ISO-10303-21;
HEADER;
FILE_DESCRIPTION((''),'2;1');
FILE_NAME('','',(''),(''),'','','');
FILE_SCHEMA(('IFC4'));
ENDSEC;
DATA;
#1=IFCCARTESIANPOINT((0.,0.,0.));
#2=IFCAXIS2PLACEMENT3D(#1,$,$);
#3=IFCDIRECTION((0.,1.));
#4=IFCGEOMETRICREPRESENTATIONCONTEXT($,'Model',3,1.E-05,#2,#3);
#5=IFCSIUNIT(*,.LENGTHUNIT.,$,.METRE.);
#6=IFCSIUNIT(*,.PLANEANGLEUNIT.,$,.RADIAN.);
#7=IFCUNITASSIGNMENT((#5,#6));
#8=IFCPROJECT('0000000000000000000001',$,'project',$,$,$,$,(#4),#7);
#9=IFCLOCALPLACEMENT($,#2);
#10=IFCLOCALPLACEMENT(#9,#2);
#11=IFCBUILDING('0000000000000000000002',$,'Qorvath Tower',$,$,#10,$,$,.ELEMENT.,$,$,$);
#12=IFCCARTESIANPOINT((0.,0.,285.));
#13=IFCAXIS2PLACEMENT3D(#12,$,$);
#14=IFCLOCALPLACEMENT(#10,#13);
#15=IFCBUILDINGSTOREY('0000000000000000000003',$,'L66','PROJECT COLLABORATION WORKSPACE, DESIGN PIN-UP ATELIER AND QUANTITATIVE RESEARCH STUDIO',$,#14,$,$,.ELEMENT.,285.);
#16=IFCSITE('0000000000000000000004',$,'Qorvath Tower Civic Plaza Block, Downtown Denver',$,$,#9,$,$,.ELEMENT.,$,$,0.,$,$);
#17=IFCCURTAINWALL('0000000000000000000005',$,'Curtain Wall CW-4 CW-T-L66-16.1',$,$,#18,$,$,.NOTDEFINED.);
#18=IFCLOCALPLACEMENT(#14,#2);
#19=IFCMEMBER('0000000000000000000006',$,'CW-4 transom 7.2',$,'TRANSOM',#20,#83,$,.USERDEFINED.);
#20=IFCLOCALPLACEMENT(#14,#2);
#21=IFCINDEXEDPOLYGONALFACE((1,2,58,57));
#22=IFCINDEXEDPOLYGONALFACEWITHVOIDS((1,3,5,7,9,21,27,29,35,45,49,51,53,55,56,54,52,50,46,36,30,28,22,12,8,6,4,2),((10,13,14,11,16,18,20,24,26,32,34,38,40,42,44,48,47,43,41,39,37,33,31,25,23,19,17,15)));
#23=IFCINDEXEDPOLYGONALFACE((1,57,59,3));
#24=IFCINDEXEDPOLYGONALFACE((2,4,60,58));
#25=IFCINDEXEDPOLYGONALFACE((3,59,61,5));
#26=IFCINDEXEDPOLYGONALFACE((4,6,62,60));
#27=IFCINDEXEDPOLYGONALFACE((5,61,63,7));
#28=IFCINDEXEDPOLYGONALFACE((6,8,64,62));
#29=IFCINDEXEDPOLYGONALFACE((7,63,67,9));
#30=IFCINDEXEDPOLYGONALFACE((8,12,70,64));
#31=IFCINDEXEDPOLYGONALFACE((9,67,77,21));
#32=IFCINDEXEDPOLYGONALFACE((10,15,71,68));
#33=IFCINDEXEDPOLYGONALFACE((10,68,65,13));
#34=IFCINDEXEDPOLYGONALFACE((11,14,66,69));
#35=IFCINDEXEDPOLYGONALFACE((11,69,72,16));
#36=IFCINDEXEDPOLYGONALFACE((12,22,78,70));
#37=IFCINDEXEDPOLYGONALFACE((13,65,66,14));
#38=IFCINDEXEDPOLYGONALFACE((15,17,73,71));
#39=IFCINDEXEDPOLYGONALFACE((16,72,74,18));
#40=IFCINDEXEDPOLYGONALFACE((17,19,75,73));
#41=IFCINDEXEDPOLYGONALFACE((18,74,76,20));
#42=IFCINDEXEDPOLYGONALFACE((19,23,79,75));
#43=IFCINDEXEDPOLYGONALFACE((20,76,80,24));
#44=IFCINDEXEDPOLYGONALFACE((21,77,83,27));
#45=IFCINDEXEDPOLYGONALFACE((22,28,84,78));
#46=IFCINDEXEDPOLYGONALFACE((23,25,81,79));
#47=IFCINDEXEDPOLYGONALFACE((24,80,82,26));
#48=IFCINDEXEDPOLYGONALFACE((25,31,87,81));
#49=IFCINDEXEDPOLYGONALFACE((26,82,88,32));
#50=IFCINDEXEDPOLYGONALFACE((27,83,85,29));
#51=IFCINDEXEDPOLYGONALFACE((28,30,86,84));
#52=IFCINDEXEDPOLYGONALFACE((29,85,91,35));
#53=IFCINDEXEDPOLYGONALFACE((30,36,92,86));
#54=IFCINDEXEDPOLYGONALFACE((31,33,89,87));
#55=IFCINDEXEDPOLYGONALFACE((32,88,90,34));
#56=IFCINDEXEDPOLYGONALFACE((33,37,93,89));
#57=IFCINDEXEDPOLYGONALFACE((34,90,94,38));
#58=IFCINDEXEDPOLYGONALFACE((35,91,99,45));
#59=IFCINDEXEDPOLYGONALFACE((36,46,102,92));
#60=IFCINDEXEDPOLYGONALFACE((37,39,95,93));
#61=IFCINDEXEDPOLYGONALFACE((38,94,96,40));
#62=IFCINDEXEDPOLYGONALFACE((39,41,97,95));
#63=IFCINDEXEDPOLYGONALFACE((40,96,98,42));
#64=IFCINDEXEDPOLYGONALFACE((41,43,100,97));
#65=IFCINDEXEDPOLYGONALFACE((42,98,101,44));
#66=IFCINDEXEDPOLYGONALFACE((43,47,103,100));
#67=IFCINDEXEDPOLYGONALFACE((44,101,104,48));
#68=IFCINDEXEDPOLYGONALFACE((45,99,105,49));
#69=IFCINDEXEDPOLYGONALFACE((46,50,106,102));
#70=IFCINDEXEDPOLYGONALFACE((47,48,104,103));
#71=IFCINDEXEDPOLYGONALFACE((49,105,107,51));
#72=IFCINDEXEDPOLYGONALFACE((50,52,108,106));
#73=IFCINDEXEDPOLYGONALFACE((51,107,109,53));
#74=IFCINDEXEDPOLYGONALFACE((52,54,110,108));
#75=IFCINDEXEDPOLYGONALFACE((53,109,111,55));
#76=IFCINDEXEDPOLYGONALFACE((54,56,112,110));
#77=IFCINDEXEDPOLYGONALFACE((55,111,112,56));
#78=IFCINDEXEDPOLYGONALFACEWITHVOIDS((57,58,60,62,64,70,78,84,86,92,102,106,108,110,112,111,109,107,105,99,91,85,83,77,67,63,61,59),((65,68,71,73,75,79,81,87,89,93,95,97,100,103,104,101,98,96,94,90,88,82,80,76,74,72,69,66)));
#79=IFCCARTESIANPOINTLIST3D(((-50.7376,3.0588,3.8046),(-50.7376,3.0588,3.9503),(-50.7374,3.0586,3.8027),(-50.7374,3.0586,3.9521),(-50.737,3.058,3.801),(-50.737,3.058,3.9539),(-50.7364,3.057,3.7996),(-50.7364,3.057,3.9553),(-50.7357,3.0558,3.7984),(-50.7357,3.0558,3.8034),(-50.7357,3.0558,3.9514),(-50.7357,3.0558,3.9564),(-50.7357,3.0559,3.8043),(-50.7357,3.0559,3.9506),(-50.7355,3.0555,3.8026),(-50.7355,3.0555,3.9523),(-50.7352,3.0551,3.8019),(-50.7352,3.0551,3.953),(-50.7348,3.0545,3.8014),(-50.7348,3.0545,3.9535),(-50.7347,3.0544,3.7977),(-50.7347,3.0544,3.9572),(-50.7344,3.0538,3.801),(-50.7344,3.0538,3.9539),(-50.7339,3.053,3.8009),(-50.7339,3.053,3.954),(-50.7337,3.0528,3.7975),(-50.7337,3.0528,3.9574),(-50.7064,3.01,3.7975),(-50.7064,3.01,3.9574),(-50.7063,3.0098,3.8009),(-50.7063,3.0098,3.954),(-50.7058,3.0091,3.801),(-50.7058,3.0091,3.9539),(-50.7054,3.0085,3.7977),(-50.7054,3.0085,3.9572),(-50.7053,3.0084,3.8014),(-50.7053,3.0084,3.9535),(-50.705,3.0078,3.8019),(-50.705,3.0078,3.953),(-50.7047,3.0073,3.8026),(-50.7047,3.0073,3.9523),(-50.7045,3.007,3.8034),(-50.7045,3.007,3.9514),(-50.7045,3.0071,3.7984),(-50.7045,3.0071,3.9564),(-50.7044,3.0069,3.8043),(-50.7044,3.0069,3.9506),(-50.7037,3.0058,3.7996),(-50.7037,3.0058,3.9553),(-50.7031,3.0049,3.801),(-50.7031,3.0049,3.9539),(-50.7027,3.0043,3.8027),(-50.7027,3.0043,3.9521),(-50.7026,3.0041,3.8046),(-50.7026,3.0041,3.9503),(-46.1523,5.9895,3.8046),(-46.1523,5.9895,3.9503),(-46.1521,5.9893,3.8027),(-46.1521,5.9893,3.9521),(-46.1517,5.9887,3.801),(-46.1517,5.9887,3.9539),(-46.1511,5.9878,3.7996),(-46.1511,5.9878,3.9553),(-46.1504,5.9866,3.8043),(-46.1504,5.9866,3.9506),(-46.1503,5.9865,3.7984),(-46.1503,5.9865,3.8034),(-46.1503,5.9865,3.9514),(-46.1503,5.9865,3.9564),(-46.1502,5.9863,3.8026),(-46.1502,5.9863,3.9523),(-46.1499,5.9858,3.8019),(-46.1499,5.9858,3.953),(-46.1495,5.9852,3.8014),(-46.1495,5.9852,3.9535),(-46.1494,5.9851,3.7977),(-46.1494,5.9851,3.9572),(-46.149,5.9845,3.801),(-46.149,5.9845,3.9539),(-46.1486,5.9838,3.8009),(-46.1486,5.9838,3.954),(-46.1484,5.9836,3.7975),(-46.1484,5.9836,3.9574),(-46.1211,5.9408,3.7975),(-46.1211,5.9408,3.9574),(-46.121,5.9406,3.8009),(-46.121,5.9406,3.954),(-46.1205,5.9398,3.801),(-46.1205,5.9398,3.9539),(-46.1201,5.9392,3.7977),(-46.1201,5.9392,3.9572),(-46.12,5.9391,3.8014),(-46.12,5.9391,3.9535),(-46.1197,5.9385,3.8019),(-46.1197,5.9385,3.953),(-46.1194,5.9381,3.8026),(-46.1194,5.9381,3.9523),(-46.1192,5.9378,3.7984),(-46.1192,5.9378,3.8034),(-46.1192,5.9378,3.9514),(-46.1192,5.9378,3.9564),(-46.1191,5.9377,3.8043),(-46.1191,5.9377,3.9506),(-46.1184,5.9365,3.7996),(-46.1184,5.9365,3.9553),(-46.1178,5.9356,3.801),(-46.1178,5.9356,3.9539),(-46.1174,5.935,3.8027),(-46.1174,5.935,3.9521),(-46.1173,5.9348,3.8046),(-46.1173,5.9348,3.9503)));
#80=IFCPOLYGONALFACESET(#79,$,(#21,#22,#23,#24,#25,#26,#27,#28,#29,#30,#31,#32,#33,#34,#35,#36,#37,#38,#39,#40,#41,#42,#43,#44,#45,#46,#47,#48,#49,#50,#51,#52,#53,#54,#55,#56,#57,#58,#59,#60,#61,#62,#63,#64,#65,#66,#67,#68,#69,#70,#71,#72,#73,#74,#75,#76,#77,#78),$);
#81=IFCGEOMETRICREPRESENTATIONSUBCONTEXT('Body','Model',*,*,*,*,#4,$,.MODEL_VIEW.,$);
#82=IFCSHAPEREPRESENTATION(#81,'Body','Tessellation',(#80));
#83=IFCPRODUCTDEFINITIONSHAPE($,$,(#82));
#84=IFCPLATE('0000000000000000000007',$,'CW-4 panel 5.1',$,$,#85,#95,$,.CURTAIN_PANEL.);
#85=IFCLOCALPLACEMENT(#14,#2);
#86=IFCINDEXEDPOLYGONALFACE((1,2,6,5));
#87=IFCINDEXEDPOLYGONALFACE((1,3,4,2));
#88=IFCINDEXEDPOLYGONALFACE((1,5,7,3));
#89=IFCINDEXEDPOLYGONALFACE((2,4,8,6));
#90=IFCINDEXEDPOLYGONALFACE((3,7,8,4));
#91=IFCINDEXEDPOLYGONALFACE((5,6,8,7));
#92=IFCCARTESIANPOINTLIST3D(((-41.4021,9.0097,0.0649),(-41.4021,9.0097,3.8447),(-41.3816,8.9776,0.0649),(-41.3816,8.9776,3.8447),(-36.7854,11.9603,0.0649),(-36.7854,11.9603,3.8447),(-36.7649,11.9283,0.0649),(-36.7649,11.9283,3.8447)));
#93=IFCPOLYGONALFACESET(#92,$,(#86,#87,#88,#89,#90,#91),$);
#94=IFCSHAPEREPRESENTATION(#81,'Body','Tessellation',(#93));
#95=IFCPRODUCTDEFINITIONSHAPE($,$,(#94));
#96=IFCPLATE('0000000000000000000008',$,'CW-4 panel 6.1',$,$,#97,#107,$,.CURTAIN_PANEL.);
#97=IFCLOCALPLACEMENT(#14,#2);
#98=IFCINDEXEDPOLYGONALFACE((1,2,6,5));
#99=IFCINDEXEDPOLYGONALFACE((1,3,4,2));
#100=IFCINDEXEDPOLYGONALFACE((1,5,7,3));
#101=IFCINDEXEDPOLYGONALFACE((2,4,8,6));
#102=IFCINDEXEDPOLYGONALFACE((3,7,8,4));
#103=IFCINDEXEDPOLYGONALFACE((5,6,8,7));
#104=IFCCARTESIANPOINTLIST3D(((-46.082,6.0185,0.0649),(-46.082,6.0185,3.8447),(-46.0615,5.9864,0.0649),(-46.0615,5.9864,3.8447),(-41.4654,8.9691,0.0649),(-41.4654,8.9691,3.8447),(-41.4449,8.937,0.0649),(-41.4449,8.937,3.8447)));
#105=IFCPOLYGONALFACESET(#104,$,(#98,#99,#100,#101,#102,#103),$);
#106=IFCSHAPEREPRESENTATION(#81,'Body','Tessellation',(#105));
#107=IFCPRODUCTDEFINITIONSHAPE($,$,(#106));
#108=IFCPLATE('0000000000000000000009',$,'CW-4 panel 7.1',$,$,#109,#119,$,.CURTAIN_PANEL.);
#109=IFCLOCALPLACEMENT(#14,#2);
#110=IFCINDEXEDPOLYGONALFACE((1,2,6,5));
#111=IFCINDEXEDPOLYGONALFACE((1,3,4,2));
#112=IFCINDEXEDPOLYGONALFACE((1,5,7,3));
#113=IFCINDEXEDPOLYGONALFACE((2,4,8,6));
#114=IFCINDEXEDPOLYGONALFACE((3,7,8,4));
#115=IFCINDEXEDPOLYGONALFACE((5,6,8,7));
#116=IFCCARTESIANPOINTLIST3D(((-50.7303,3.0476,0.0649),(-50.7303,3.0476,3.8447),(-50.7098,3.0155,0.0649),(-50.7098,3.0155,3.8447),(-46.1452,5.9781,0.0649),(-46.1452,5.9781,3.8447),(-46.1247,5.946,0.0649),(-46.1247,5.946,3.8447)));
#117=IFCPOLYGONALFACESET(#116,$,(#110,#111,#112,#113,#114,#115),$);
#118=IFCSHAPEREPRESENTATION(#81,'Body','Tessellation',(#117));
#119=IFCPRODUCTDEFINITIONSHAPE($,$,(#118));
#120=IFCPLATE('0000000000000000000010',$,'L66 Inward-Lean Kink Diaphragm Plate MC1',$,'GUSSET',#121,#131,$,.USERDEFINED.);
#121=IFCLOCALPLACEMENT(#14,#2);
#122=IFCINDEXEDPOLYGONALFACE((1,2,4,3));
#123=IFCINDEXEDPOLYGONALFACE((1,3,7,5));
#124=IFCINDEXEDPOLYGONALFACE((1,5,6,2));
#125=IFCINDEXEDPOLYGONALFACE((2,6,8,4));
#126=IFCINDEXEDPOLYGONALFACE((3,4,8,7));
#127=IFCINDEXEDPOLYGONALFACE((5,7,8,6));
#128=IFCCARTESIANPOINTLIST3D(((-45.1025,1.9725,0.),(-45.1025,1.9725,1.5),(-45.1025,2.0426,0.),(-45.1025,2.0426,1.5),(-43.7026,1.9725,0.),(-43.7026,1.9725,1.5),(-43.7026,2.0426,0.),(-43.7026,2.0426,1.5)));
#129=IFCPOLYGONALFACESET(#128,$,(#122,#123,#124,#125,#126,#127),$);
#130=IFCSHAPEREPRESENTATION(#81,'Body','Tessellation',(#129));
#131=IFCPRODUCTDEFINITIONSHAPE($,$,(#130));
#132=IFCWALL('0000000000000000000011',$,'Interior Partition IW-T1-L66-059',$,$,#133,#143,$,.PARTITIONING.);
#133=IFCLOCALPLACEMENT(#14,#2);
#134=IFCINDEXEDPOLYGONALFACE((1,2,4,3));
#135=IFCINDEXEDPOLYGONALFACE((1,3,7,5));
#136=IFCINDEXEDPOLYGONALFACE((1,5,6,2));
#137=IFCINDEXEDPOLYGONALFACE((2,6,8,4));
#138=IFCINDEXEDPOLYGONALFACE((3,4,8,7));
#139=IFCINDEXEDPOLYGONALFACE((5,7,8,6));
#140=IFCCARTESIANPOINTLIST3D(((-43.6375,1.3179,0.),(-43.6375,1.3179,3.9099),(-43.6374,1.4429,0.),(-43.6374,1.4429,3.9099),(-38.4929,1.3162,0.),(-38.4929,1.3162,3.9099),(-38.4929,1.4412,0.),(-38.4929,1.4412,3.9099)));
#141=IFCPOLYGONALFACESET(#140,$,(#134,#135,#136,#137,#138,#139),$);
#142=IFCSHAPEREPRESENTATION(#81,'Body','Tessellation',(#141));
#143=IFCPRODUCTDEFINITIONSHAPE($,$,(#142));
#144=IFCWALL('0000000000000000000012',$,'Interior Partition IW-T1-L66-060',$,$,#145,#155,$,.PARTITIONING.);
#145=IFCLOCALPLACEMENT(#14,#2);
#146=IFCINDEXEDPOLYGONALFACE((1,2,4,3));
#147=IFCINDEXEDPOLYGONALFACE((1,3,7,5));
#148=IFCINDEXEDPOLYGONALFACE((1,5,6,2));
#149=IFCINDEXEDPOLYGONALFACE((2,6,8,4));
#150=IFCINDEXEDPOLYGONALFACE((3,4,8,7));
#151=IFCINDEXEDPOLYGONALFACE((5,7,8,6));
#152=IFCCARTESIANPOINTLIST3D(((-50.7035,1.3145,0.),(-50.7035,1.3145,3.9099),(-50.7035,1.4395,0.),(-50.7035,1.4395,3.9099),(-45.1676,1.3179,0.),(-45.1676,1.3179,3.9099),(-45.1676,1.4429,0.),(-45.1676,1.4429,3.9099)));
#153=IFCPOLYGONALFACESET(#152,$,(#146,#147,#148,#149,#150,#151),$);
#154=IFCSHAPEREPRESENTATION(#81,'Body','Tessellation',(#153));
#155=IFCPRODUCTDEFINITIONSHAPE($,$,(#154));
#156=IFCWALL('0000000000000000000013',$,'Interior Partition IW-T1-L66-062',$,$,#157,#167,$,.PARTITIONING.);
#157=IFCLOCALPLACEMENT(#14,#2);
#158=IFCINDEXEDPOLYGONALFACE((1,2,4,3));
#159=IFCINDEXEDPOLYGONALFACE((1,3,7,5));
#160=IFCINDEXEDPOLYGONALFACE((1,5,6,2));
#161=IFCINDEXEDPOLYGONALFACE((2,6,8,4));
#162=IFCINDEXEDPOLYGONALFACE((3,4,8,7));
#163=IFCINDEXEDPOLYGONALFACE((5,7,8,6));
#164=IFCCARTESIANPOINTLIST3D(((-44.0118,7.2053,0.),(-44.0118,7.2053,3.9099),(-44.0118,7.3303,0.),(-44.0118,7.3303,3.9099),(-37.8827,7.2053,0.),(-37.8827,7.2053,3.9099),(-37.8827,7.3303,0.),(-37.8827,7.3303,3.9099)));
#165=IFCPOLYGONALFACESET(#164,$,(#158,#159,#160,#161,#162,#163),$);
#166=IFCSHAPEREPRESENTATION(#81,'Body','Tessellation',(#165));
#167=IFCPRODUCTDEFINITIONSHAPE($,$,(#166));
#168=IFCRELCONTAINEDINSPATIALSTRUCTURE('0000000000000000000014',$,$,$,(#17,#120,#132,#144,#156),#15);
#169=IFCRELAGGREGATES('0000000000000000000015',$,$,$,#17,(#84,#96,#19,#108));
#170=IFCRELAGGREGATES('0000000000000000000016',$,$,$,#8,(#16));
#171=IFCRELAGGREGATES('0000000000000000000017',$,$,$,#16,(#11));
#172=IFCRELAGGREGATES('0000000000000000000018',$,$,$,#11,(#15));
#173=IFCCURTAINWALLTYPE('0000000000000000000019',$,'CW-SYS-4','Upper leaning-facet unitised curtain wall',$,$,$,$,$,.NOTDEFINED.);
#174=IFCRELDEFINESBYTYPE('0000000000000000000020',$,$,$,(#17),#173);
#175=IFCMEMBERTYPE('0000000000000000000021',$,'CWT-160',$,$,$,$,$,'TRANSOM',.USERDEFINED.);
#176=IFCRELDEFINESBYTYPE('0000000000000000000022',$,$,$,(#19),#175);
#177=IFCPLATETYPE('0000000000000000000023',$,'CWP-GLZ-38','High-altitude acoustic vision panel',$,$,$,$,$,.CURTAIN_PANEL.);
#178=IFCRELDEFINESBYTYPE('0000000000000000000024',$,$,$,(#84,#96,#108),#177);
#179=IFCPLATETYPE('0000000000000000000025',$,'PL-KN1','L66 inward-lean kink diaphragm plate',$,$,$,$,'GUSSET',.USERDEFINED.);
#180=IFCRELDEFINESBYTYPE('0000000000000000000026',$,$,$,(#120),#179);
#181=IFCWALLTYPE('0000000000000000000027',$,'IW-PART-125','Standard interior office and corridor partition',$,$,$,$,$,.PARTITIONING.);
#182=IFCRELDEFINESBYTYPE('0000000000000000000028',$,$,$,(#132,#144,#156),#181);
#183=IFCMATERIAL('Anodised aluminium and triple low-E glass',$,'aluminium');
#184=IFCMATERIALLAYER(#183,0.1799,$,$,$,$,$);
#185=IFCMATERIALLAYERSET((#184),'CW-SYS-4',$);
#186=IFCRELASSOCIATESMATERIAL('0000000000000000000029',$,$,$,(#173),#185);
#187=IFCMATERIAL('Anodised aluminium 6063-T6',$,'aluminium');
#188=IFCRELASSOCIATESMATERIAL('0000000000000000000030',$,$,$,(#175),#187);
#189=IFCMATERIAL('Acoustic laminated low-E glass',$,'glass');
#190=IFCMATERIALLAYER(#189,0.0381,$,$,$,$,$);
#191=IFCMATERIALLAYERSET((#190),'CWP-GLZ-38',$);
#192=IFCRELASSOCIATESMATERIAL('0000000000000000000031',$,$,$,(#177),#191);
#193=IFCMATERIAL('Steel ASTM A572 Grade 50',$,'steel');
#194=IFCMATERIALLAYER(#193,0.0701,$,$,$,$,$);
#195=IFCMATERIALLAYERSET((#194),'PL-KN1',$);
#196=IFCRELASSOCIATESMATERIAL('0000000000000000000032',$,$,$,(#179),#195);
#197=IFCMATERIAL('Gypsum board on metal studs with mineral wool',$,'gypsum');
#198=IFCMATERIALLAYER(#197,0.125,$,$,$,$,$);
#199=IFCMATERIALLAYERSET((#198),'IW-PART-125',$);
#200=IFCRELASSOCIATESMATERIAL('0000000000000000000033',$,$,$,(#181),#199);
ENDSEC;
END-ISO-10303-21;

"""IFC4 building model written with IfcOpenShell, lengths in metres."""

from ifc_helpers import new_model, si_unit, direction, frame, frame_2d, origin, origin_2d, place, context, subcontext, project, spatial, rectangle, hollow_rectangle, extrude, material, layer, layer_set, material_profile, profile_set, type_object, element, aggregate, save


model = new_model("IFC4")

# Units and contexts
model_context = context("Model", 3, precision=1e-05, world=origin(), true_north=direction((0.0, 1.0)))
body_context = subcontext(model_context, "Body", "Model", "MODEL_VIEW")
ifc_project = project(units=[si_unit("LENGTHUNIT", "METRE"), si_unit("PLANEANGLEUNIT", "RADIAN")], contexts=[model_context])

# Site, building, storey
site_placement = place(None, origin())
site = spatial("IfcSite", under=ifc_project, at=site_placement, Name="Qorvath Tower Civic Plaza Block, Downtown Denver", CompositionType="ELEMENT", RefElevation=0.0)
building_placement = place(site_placement, origin())
building = spatial("IfcBuilding", under=site, at=building_placement, Name="Qorvath Tower", CompositionType="ELEMENT")
storey_placement = place(building_placement, frame((0.0, 0.0, 285.0)))
storey = spatial("IfcBuildingStorey", under=building, at=storey_placement, Name="L66", Description="PROJECT COLLABORATION WORKSPACE, DESIGN PIN-UP ATELIER AND QUANTITATIVE RESEARCH STUDIO", CompositionType="ELEMENT", Elevation=285.0)

# Curtain wall, member, plates
ifc_material_1 = material(Name="Anodised aluminium and triple low-E glass", Category="aluminium")
ifc_layer_1 = layer(ifc_material_1, 0.1799)
ifc_layer_set_1 = layer_set([ifc_layer_1], Name="CW-SYS-4")
curtain_wall_type = type_object("IfcCurtainWallType", Name="CW-SYS-4", Description="Upper leaning-facet unitised curtain wall", PredefinedType="NOTDEFINED", material=ifc_layer_set_1)
curtain_wall_placement = place(storey_placement, origin())
curtain_wall = element("IfcCurtainWall", 1, at=curtain_wall_placement, inside=storey, type_object=curtain_wall_type, Name="Curtain Wall CW-4 CW-T-L66-16.1", PredefinedType="NOTDEFINED")
ifc_material_2 = material(Name="Anodised aluminium 6063-T6", Category="aluminium")
ifc_material_profile_1 = material_profile(ifc_material_2, hollow_rectangle(XDim=0.0649, YDim=0.1599, WallThickness=0.0034, InnerFilletRadius=0.0034, OuterFilletRadius=0.0071, at=origin_2d()), Name="CWT 160x65")
ifc_profile_set_1 = profile_set([ifc_material_profile_1], Name="Anodised aluminium 6063-T6")
member_type_1 = type_object("IfcMemberType", Name="CWT-160", ElementType="TRANSOM", PredefinedType="USERDEFINED", material=ifc_profile_set_1)
member_1_placement = place(storey_placement, frame((-46.1348, 5.9622, 3.8774), z_axis=(-0.842594, -0.538549, 0.0), x_axis=(0.538549, -0.842594, 0.0)))
member_1 = element("IfcMember", 2, at=member_1_placement, type_object=member_type_1, Name="CW-4 transom 7.2", ObjectType="TRANSOM", PredefinedType="USERDEFINED", context=body_context, shape_type="SweptSolid", body=[
    extrude(hollow_rectangle(XDim=0.0649, YDim=0.1599, WallThickness=0.0034, InnerFilletRadius=0.0034, OuterFilletRadius=0.0071, at=origin_2d()), origin(), (0.0, 0.0, 1.0), 5.4419),
])
ifc_material_3 = material(Name="Acoustic laminated low-E glass", Category="glass")
ifc_layer_2 = layer(ifc_material_3, 0.0381)
ifc_layer_set_2 = layer_set([ifc_layer_2], Name="CWP-GLZ-38")
plate_type_1 = type_object("IfcPlateType", Name="CWP-GLZ-38", Description="High-altitude acoustic vision panel", PredefinedType="CURTAIN_PANEL", material=ifc_layer_set_2)
plate_1_placement = place(storey_placement, frame((-39.0835, 10.469, 0.0649), z_axis=(0.0, 0.0, 1.0), x_axis=(-0.842605, -0.538532, 0.0)))
plate_1 = element("IfcPlate", 3, at=plate_1_placement, type_object=plate_type_1, Name="CW-4 panel 5.1", PredefinedType="CURTAIN_PANEL", context=body_context, shape_type="SweptSolid", body=[
    extrude(rectangle(XDim=5.479, YDim=0.0381, at=origin_2d()), origin(), (0.0, 0.0, 1.0), 3.7798),
])
plate_2_placement = place(storey_placement, frame((-43.7634, 7.4778, 0.0649), z_axis=(0.0, 0.0, 1.0), x_axis=(-0.842605, -0.538532, 0.0)))
plate_2 = element("IfcPlate", 4, at=plate_2_placement, type_object=plate_type_1, Name="CW-4 panel 6.1", PredefinedType="CURTAIN_PANEL", context=body_context, shape_type="SweptSolid", body=[
    extrude(rectangle(XDim=5.479, YDim=0.0381, at=origin_2d()), origin(), (0.0, 0.0, 1.0), 3.7798),
])
plate_3_placement = place(storey_placement, frame((-48.4275, 4.4968, 0.0649), z_axis=(0.0, 0.0, 1.0), x_axis=(-0.842605, -0.538532, 0.0)))
plate_3 = element("IfcPlate", 5, at=plate_3_placement, type_object=plate_type_1, Name="CW-4 panel 7.1", PredefinedType="CURTAIN_PANEL", context=body_context, shape_type="SweptSolid", body=[
    extrude(rectangle(XDim=5.4417, YDim=0.0381, at=origin_2d()), origin(), (0.0, 0.0, 1.0), 3.7798),
])
aggregate(curtain_wall, [plate_1, plate_2, member_1, plate_3])

# Plate
ifc_material_4 = material(Name="Steel ASTM A572 Grade 50", Category="steel")
ifc_layer_3 = layer(ifc_material_4, 0.0701)
ifc_layer_set_3 = layer_set([ifc_layer_3], Name="PL-KN1")
plate_type_2 = type_object("IfcPlateType", Name="PL-KN1", Description="L66 inward-lean kink diaphragm plate", ElementType="GUSSET", PredefinedType="USERDEFINED", material=ifc_layer_set_3)
plate_4_placement = place(storey_placement, frame((-44.4026, 2.0076, 0.0), z_axis=(0.0, 0.0, 1.0), x_axis=(1.0, 0.0, 0.0)))
element("IfcPlate", 6, at=plate_4_placement, inside=storey, type_object=plate_type_2, Name="L66 Inward-Lean Kink Diaphragm Plate MC1", ObjectType="GUSSET", PredefinedType="USERDEFINED", context=body_context, shape_type="SweptSolid", body=[
    extrude(rectangle(XDim=1.3999, YDim=0.0701, at=origin_2d()), origin(), (0.0, 0.0, 1.0), 1.5),
])

# Walls
ifc_material_5 = material(Name="Gypsum board on metal studs with mineral wool", Category="gypsum")
ifc_layer_4 = layer(ifc_material_5, 0.125)
ifc_layer_set_4 = layer_set([ifc_layer_4], Name="IW-PART-125")
wall_type_1 = type_object("IfcWallType", Name="IW-PART-125", Description="Standard interior office and corridor partition", PredefinedType="PARTITIONING", material=ifc_layer_set_4)
wall_1_placement = place(storey_placement, frame((-38.4929, 1.3787, 0.0), z_axis=(0.0, 0.0, 1.0), x_axis=(-1.0, 0.000332, 0.0)))
element("IfcWall", 7, at=wall_1_placement, inside=storey, type_object=wall_type_1, Name="Interior Partition IW-T1-L66-059", PredefinedType="PARTITIONING", context=body_context, shape_type="SweptSolid", body=[
    extrude(rectangle(XDim=5.1445, YDim=0.125, at=frame_2d((2.5723, 0.0))), origin(), (0.0, 0.0, 1.0), 3.9099),
])
wall_2_placement = place(storey_placement, frame((-45.1675, 1.3804, 0.0), z_axis=(0.0, 0.0, 1.0), x_axis=(-1.0, -0.000617, 0.0)))
element("IfcWall", 8, at=wall_2_placement, inside=storey, type_object=wall_type_1, Name="Interior Partition IW-T1-L66-060", PredefinedType="PARTITIONING", context=body_context, shape_type="SweptSolid", body=[
    extrude(rectangle(XDim=5.5359, YDim=0.125, at=frame_2d((2.7681, 0.0))), origin(), (0.0, 0.0, 1.0), 3.9099),
])

# Wall
wall_3_placement = place(storey_placement, frame((-37.8828, 7.2678, 0.0), z_axis=(0.0, 0.0, 1.0), x_axis=(-1.0, 0.0, 0.0)))
element("IfcWall", 9, at=wall_3_placement, inside=storey, type_object=wall_type_1, Name="Interior Partition IW-T1-L66-062", PredefinedType="PARTITIONING", context=body_context, shape_type="SweptSolid", body=[
    extrude(rectangle(XDim=6.1292, YDim=0.125, at=frame_2d((3.0645, 0.0))), origin(), (0.0, 0.0, 1.0), 3.9099),
])

save(model, "model.ifc")
